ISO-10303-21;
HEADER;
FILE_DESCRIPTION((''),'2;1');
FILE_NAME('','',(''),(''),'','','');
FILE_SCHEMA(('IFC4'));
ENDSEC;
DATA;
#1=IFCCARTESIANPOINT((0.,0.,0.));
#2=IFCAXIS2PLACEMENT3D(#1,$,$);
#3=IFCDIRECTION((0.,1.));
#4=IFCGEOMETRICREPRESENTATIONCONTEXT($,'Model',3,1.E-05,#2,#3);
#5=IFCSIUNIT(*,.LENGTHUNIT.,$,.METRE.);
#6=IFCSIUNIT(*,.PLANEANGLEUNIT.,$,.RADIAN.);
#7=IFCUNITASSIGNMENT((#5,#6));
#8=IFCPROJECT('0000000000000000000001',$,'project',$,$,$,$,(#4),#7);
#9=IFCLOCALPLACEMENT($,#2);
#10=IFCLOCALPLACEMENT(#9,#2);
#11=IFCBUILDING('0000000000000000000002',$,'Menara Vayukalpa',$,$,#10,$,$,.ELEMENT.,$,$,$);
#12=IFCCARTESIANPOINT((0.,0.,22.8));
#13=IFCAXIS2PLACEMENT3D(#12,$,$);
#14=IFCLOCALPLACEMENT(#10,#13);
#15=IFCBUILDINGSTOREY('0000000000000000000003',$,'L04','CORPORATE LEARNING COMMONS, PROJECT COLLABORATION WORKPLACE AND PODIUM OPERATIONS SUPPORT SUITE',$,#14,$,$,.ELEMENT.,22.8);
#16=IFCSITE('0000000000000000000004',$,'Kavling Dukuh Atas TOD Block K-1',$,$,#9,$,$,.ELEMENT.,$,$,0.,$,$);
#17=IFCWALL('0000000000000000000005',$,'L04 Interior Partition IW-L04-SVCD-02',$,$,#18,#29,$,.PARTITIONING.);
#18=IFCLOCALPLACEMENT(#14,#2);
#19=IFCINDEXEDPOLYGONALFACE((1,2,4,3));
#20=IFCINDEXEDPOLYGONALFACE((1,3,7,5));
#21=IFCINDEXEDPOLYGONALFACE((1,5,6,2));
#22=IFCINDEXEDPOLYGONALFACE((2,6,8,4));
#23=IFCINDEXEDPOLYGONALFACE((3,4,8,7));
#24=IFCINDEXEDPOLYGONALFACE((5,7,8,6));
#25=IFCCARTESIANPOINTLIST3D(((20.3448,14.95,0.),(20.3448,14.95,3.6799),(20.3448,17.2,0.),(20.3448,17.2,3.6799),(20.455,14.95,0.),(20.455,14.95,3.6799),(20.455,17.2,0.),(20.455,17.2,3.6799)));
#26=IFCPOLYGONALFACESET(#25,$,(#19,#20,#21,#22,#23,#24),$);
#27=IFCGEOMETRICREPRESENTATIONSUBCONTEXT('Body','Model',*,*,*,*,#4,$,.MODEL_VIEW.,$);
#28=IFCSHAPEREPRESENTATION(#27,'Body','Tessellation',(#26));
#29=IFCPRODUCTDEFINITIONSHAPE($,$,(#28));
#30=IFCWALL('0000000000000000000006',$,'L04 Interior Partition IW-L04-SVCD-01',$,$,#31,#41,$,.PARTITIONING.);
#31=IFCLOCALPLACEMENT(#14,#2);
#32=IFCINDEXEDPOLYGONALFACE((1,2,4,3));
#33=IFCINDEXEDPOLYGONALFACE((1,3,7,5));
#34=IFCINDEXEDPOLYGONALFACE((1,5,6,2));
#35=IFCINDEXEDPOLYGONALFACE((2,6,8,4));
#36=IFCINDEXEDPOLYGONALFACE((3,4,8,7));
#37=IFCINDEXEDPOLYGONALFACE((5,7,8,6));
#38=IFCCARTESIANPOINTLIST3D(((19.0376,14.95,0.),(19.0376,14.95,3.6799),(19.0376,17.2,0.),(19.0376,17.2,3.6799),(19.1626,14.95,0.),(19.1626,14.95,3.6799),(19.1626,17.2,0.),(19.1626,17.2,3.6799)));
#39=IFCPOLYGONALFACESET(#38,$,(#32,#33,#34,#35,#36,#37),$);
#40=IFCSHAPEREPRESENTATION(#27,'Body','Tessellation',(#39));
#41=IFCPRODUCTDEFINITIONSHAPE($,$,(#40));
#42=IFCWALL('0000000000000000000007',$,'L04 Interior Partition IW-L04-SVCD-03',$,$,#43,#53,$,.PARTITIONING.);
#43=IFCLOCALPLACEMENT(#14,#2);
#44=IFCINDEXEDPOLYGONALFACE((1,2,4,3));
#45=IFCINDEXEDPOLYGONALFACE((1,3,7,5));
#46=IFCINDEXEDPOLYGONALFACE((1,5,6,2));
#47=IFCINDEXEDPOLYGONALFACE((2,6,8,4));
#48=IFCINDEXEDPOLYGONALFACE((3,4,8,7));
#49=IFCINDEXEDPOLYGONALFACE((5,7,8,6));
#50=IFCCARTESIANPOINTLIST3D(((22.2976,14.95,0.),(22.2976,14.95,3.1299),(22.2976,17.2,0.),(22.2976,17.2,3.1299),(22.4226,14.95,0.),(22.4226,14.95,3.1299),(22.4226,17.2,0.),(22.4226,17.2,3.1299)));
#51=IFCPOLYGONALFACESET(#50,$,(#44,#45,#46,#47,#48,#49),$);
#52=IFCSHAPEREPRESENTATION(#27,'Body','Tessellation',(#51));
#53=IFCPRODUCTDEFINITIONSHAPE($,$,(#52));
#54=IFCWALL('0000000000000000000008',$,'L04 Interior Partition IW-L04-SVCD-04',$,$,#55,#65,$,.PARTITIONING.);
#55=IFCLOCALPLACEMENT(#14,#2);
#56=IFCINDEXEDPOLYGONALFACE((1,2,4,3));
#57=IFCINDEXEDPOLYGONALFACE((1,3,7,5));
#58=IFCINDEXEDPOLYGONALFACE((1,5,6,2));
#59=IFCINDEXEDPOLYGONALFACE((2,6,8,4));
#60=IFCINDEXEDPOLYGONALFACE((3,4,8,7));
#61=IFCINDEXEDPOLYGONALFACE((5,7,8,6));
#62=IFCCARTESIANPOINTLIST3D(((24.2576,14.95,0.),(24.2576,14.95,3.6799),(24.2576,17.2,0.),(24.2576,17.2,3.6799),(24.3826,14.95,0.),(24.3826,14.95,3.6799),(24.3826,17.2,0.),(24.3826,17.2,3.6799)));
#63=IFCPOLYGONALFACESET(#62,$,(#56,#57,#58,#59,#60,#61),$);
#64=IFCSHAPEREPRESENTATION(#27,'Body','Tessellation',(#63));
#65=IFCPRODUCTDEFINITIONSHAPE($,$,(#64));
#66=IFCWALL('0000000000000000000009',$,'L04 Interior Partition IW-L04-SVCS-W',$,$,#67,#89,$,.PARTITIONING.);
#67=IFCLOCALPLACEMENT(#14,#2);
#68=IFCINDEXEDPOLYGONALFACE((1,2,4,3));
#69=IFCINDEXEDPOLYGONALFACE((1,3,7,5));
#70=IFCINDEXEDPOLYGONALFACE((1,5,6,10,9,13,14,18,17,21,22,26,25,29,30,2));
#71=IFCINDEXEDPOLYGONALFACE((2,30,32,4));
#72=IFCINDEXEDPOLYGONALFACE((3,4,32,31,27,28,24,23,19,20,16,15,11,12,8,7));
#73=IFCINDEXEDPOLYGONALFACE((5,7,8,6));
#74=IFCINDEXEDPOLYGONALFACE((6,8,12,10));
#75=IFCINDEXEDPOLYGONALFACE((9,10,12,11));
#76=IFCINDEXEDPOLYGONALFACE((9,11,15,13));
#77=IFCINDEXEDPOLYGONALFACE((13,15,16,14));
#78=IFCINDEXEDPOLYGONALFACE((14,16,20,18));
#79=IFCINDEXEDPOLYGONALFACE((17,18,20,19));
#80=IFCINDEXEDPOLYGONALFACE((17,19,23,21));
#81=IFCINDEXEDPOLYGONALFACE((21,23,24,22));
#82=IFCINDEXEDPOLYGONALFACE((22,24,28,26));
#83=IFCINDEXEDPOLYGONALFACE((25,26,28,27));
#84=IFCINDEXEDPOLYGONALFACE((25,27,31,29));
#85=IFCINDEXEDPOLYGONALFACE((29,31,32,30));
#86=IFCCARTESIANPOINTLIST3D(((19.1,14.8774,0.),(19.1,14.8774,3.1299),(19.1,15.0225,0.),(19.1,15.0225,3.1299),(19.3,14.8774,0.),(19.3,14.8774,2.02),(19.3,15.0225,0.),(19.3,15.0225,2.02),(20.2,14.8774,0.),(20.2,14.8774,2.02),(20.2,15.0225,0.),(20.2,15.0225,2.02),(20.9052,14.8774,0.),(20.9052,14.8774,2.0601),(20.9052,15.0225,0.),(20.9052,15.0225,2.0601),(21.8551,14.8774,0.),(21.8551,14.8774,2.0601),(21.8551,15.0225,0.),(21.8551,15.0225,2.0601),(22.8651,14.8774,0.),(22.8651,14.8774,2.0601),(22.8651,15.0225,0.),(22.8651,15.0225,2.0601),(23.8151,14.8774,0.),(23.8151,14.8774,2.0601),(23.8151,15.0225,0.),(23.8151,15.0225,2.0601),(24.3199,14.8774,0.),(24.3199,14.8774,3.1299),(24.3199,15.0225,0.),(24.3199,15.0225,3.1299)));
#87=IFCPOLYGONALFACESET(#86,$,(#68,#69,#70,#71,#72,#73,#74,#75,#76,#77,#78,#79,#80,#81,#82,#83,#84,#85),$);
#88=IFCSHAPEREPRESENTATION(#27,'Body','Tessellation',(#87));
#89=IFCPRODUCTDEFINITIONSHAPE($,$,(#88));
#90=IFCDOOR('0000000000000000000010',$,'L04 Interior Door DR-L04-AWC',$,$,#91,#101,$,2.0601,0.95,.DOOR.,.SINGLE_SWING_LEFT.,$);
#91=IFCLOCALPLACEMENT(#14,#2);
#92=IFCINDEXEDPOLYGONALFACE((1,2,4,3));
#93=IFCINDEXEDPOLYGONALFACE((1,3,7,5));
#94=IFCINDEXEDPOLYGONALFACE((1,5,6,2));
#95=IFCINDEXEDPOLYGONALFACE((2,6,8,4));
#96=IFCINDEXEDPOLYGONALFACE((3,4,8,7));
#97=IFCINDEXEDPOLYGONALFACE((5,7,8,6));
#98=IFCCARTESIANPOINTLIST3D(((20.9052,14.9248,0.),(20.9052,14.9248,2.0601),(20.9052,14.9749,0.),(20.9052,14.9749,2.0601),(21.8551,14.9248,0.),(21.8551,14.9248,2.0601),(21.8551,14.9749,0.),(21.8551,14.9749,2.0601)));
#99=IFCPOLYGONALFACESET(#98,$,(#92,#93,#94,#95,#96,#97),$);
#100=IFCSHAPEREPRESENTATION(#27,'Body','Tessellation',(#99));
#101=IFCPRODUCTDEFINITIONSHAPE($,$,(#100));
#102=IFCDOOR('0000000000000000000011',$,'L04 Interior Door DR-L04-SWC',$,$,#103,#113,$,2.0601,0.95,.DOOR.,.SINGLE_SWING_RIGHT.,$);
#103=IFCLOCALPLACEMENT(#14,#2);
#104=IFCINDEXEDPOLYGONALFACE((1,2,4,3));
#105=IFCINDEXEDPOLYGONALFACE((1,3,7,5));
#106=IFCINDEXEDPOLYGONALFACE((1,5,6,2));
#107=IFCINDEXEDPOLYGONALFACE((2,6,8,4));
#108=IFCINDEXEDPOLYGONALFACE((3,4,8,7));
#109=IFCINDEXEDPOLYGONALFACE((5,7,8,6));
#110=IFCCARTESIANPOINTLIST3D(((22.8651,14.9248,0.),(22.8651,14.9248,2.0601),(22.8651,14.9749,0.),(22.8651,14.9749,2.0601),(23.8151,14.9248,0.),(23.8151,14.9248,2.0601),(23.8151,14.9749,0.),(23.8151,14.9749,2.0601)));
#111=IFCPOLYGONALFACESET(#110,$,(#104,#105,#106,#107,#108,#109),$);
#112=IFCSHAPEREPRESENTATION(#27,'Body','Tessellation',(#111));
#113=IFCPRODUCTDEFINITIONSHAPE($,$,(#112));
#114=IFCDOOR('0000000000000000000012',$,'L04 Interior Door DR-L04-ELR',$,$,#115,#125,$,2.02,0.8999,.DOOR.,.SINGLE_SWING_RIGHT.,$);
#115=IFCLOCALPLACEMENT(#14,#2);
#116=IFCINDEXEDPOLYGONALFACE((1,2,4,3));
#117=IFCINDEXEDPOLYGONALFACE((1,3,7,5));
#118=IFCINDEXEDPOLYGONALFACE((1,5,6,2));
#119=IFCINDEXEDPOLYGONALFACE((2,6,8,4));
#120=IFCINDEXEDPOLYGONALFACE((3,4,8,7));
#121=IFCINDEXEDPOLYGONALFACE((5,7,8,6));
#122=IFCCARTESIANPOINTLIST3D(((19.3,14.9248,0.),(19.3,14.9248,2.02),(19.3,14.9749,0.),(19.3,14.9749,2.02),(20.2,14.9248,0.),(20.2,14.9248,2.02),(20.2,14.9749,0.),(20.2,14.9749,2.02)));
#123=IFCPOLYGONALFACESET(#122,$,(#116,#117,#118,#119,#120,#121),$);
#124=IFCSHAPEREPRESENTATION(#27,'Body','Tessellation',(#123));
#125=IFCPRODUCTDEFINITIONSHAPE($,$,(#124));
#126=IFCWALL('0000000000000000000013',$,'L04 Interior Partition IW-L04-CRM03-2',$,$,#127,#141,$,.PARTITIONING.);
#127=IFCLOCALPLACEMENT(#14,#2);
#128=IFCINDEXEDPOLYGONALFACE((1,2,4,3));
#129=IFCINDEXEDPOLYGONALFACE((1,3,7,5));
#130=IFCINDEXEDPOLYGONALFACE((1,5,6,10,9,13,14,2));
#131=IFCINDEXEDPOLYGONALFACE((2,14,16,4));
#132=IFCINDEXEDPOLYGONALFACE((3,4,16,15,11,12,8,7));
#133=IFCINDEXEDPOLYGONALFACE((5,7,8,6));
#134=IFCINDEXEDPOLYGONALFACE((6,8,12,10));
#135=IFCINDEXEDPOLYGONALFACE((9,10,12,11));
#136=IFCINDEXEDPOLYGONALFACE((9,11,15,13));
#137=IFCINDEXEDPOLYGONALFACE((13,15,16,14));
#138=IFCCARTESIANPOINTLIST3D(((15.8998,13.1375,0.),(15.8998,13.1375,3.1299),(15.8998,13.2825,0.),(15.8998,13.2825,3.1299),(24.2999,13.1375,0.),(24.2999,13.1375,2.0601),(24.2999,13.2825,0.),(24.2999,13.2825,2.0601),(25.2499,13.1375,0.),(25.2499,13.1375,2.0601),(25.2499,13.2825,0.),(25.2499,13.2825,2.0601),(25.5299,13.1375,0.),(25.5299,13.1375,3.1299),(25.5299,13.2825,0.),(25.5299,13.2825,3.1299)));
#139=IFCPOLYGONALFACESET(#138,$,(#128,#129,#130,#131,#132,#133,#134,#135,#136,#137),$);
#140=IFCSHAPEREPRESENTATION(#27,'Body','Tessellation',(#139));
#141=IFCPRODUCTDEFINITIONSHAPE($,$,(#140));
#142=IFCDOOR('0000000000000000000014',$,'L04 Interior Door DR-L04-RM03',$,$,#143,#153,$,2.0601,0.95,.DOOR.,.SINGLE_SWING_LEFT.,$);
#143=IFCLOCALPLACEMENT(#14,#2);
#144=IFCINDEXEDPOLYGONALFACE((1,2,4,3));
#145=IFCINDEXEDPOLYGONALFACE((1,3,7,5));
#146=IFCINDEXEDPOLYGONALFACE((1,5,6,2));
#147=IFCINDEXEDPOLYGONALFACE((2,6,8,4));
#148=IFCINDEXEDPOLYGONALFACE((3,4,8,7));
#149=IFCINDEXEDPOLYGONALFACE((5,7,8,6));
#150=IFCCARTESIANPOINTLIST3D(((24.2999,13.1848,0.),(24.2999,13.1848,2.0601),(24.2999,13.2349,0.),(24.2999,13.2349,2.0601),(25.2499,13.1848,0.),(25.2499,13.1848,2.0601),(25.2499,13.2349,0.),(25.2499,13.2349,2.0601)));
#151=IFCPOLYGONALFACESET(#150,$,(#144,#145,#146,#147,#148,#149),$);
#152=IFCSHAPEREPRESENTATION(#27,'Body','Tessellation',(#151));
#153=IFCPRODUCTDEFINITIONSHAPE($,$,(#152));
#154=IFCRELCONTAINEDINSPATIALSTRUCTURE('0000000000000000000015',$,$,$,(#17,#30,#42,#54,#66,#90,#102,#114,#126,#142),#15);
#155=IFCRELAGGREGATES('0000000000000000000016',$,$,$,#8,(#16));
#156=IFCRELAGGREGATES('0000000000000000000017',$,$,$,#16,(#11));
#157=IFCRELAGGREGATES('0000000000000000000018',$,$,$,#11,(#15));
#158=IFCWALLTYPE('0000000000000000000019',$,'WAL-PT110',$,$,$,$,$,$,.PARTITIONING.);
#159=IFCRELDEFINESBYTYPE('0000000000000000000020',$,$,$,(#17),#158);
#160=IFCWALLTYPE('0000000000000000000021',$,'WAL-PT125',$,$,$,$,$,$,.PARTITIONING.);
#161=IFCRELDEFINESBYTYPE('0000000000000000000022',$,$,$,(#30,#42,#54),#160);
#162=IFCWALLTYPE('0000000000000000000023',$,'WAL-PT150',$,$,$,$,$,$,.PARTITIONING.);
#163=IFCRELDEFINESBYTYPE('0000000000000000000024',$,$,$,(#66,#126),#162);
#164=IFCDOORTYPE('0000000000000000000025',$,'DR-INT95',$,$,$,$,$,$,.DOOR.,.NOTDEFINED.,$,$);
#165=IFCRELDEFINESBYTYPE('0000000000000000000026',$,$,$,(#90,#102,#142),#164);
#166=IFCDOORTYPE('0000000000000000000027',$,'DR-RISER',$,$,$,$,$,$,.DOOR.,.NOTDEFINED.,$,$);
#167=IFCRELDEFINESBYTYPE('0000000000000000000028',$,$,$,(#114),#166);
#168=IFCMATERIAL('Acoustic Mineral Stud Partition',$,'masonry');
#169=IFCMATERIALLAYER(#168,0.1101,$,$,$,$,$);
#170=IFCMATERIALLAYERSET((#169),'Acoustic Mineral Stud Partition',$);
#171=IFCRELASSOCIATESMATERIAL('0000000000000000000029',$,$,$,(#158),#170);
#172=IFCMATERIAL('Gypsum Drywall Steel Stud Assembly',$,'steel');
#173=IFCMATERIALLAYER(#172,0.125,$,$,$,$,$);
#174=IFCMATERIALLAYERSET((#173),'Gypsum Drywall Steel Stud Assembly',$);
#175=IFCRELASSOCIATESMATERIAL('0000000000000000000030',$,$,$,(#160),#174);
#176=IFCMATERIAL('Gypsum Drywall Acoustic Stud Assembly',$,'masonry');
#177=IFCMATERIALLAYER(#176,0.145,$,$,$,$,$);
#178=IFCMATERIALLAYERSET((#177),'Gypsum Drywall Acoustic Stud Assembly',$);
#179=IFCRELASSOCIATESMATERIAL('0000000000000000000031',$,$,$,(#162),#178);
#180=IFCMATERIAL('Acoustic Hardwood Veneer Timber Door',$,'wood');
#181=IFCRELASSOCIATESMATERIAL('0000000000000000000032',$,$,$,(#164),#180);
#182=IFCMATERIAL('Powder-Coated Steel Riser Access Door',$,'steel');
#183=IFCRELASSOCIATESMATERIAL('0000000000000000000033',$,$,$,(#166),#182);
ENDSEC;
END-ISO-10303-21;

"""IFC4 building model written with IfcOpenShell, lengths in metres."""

from ifc_helpers import new_model, si_unit, direction, frame, frame_2d, origin, place, context, subcontext, project, spatial, rectangle, extrude, material, layer, layer_set, type_object, element, fill, save


model = new_model("IFC4")

# Units and contexts
model_context = context("Model", 3, precision=1e-05, world=origin(), true_north=direction((0.0, 1.0)))
body_context = subcontext(model_context, "Body", "Model", "MODEL_VIEW")
ifc_project = project(units=[si_unit("LENGTHUNIT", "METRE"), si_unit("PLANEANGLEUNIT", "RADIAN")], contexts=[model_context])

# Site, building, storey
site_placement = place(None, origin())
site = spatial("IfcSite", under=ifc_project, at=site_placement, Name="Kavling Dukuh Atas TOD Block K-1", CompositionType="ELEMENT", RefElevation=0.0)
building_placement = place(site_placement, origin())
building = spatial("IfcBuilding", under=site, at=building_placement, Name="Menara Vayukalpa", CompositionType="ELEMENT")
storey_placement = place(building_placement, frame((0.0, 0.0, 22.8)))
storey = spatial("IfcBuildingStorey", under=building, at=storey_placement, Name="L04", Description="CORPORATE LEARNING COMMONS, PROJECT COLLABORATION WORKPLACE AND PODIUM OPERATIONS SUPPORT SUITE", CompositionType="ELEMENT", Elevation=22.8)

# Walls
ifc_material_1 = material(Name="Acoustic Mineral Stud Partition", Category="masonry")
ifc_layer_1 = layer(ifc_material_1, 0.1101)
ifc_layer_set_1 = layer_set([ifc_layer_1], Name="Acoustic Mineral Stud Partition")
wall_type_1 = type_object("IfcWallType", Name="WAL-PT110", PredefinedType="PARTITIONING", material=ifc_layer_set_1)
wall_1_placement = place(storey_placement, frame((20.3999, 14.95, 0.0), z_axis=(0.0, 0.0, 1.0), x_axis=(0.0, 1.0, 0.0)))
element("IfcWall", 1, at=wall_1_placement, inside=storey, type_object=wall_type_1, Name="L04 Interior Partition IW-L04-SVCD-02", PredefinedType="PARTITIONING", context=body_context, shape_type="SweptSolid", body=[
    extrude(rectangle(XDim=2.25, YDim=0.1101, at=frame_2d((1.125, 0.0))), origin(), (0.0, 0.0, 1.0), 3.6799),
])
ifc_material_2 = material(Name="Gypsum Drywall Steel Stud Assembly", Category="steel")
ifc_layer_2 = layer(ifc_material_2, 0.125)
ifc_layer_set_2 = layer_set([ifc_layer_2], Name="Gypsum Drywall Steel Stud Assembly")
wall_type_2 = type_object("IfcWallType", Name="WAL-PT125", PredefinedType="PARTITIONING", material=ifc_layer_set_2)
wall_2_placement = place(storey_placement, frame((19.1001, 14.95, 0.0), z_axis=(0.0, 0.0, 1.0), x_axis=(0.0, 1.0, 0.0)))
element("IfcWall", 2, at=wall_2_placement, inside=storey, type_object=wall_type_2, Name="L04 Interior Partition IW-L04-SVCD-01", PredefinedType="PARTITIONING", context=body_context, shape_type="SweptSolid", body=[
    extrude(rectangle(XDim=2.25, YDim=0.125, at=frame_2d((1.125, 0.0))), origin(), (0.0, 0.0, 1.0), 3.6799),
])
wall_3_placement = place(storey_placement, frame((22.3601, 14.95, 0.0), z_axis=(0.0, 0.0, 1.0), x_axis=(0.0, 1.0, 0.0)))
element("IfcWall", 3, at=wall_3_placement, inside=storey, type_object=wall_type_2, Name="L04 Interior Partition IW-L04-SVCD-03", PredefinedType="PARTITIONING", context=body_context, shape_type="SweptSolid", body=[
    extrude(rectangle(XDim=2.25, YDim=0.125, at=frame_2d((1.125, 0.0))), origin(), (0.0, 0.0, 1.0), 3.1299),
])
wall_4_placement = place(storey_placement, frame((24.3201, 14.95, 0.0), z_axis=(0.0, 0.0, 1.0), x_axis=(0.0, 1.0, 0.0)))
element("IfcWall", 4, at=wall_4_placement, inside=storey, type_object=wall_type_2, Name="L04 Interior Partition IW-L04-SVCD-04", PredefinedType="PARTITIONING", context=body_context, shape_type="SweptSolid", body=[
    extrude(rectangle(XDim=2.25, YDim=0.125, at=frame_2d((1.125, 0.0))), origin(), (0.0, 0.0, 1.0), 3.6799),
])

# Wall, openings, doors
ifc_material_3 = material(Name="Gypsum Drywall Acoustic Stud Assembly", Category="masonry")
ifc_layer_3 = layer(ifc_material_3, 0.145)
ifc_layer_set_3 = layer_set([ifc_layer_3], Name="Gypsum Drywall Acoustic Stud Assembly")
wall_type_3 = type_object("IfcWallType", Name="WAL-PT150", PredefinedType="PARTITIONING", material=ifc_layer_set_3)
wall_5_placement = place(storey_placement, frame((19.1001, 14.95, 0.0), z_axis=(0.0, 0.0, 1.0), x_axis=(1.0, 0.0, 0.0)))
wall_5 = element("IfcWall", 5, at=wall_5_placement, inside=storey, type_object=wall_type_3, Name="L04 Interior Partition IW-L04-SVCS-W", PredefinedType="PARTITIONING", context=body_context, shape_type="SweptSolid", body=[
    extrude(rectangle(XDim=5.22, YDim=0.145, at=frame_2d((2.6099, 0.0))), origin(), (0.0, 0.0, 1.0), 3.1299),
])
opening_1_placement = place(wall_5_placement, frame((0.2, 0.0, 0.0)))
opening_1 = element("IfcOpeningElement", 6, at=opening_1_placement, cuts=wall_5, PredefinedType="OPENING", context=body_context, shape_type="SweptSolid", body=[
    extrude(rectangle(XDim=0.8999, YDim=2.02, at=frame_2d((0.45, 1.01))), frame((0.0, 0.0825, 0.0), z_axis=(0.0, -1.0, 0.0), x_axis=(1.0, 0.0, 0.0)), (0.0, 0.0, 1.0), 0.165),
])
opening_2_placement = place(wall_5_placement, frame((1.8049, 0.0, 0.0)))
opening_2 = element("IfcOpeningElement", 7, at=opening_2_placement, cuts=wall_5, PredefinedType="OPENING", context=body_context, shape_type="SweptSolid", body=[
    extrude(rectangle(XDim=0.95, YDim=2.0601, at=frame_2d((0.4751, 1.03))), frame((0.0, 0.0825, 0.0), z_axis=(0.0, -1.0, 0.0), x_axis=(1.0, 0.0, 0.0)), (0.0, 0.0, 1.0), 0.165),
])
opening_3_placement = place(wall_5_placement, frame((3.7649, 0.0, 0.0)))
opening_3 = element("IfcOpeningElement", 8, at=opening_3_placement, cuts=wall_5, PredefinedType="OPENING", context=body_context, shape_type="SweptSolid", body=[
    extrude(rectangle(XDim=0.95, YDim=2.0601, at=frame_2d((0.4751, 1.03))), frame((0.0, 0.0825, 0.0), z_axis=(0.0, -1.0, 0.0), x_axis=(1.0, 0.0, 0.0)), (0.0, 0.0, 1.0), 0.165),
])
ifc_material_4 = material(Name="Acoustic Hardwood Veneer Timber Door", Category="wood")
door_type_1 = type_object("IfcDoorType", Name="DR-INT95", OperationType="NOTDEFINED", PredefinedType="DOOR", material=ifc_material_4)
door_1_placement = place(opening_2_placement, origin())
door_1 = element("IfcDoor", 9, at=door_1_placement, inside=storey, type_object=door_type_1, Name="L04 Interior Door DR-L04-AWC", OperationType="SINGLE_SWING_LEFT", OverallHeight=2.0601, OverallWidth=0.95, PredefinedType="DOOR", context=body_context, shape_type="SweptSolid", body=[
    extrude(rectangle(XDim=0.95, YDim=2.0601, at=frame_2d((0.4751, 1.03))), frame((0.0, 0.0249, 0.0), z_axis=(0.0, -1.0, 0.0), x_axis=(1.0, 0.0, 0.0)), (0.0, 0.0, 1.0), 0.05),
])
fill(opening_2, door_1)
door_2_placement = place(opening_3_placement, origin())
door_2 = element("IfcDoor", 10, at=door_2_placement, inside=storey, type_object=door_type_1, Name="L04 Interior Door DR-L04-SWC", OperationType="SINGLE_SWING_RIGHT", OverallHeight=2.0601, OverallWidth=0.95, PredefinedType="DOOR", context=body_context, shape_type="SweptSolid", body=[
    extrude(rectangle(XDim=0.95, YDim=2.0601, at=frame_2d((0.4751, 1.03))), frame((0.0, 0.0249, 0.0), z_axis=(0.0, -1.0, 0.0), x_axis=(1.0, 0.0, 0.0)), (0.0, 0.0, 1.0), 0.05),
])
fill(opening_3, door_2)
ifc_material_5 = material(Name="Powder-Coated Steel Riser Access Door", Category="steel")
door_type_2 = type_object("IfcDoorType", Name="DR-RISER", OperationType="NOTDEFINED", PredefinedType="DOOR", material=ifc_material_5)
door_3_placement = place(opening_1_placement, origin())
door_3 = element("IfcDoor", 11, at=door_3_placement, inside=storey, type_object=door_type_2, Name="L04 Interior Door DR-L04-ELR", OperationType="SINGLE_SWING_RIGHT", OverallHeight=2.02, OverallWidth=0.8999, PredefinedType="DOOR", context=body_context, shape_type="SweptSolid", body=[
    extrude(rectangle(XDim=0.8999, YDim=2.02, at=frame_2d((0.45, 1.01))), frame((0.0, 0.0249, 0.0), z_axis=(0.0, -1.0, 0.0), x_axis=(1.0, 0.0, 0.0)), (0.0, 0.0, 1.0), 0.05),
])
fill(opening_1, door_3)

# Wall, opening, door
wall_6_placement = place(storey_placement, frame((15.8999, 13.21, 0.0), z_axis=(0.0, 0.0, 1.0), x_axis=(1.0, 0.0, 0.0)))
wall_6 = element("IfcWall", 12, at=wall_6_placement, inside=storey, type_object=wall_type_3, Name="L04 Interior Partition IW-L04-CRM03-2", PredefinedType="PARTITIONING", context=body_context, shape_type="SweptSolid", body=[
    extrude(rectangle(XDim=9.6301, YDim=0.145, at=frame_2d((4.8149, 0.0))), origin(), (0.0, 0.0, 1.0), 3.1299),
])
opening_4_placement = place(wall_6_placement, frame((8.3999, 0.0, 0.0)))
opening_4 = element("IfcOpeningElement", 13, at=opening_4_placement, cuts=wall_6, PredefinedType="OPENING", context=body_context, shape_type="SweptSolid", body=[
    extrude(rectangle(XDim=0.95, YDim=2.0601, at=frame_2d((0.4751, 1.03))), frame((0.0, 0.0825, 0.0), z_axis=(0.0, -1.0, 0.0), x_axis=(1.0, 0.0, 0.0)), (0.0, 0.0, 1.0), 0.165),
])
door_4_placement = place(opening_4_placement, origin())
door_4 = element("IfcDoor", 14, at=door_4_placement, inside=storey, type_object=door_type_1, Name="L04 Interior Door DR-L04-RM03", OperationType="SINGLE_SWING_LEFT", OverallHeight=2.0601, OverallWidth=0.95, PredefinedType="DOOR", context=body_context, shape_type="SweptSolid", body=[
    extrude(rectangle(XDim=0.95, YDim=2.0601, at=frame_2d((0.4751, 1.03))), frame((0.0, 0.0249, 0.0), z_axis=(0.0, -1.0, 0.0), x_axis=(1.0, 0.0, 0.0)), (0.0, 0.0, 1.0), 0.05),
])
fill(opening_4, door_4)

save(model, "model.ifc")
